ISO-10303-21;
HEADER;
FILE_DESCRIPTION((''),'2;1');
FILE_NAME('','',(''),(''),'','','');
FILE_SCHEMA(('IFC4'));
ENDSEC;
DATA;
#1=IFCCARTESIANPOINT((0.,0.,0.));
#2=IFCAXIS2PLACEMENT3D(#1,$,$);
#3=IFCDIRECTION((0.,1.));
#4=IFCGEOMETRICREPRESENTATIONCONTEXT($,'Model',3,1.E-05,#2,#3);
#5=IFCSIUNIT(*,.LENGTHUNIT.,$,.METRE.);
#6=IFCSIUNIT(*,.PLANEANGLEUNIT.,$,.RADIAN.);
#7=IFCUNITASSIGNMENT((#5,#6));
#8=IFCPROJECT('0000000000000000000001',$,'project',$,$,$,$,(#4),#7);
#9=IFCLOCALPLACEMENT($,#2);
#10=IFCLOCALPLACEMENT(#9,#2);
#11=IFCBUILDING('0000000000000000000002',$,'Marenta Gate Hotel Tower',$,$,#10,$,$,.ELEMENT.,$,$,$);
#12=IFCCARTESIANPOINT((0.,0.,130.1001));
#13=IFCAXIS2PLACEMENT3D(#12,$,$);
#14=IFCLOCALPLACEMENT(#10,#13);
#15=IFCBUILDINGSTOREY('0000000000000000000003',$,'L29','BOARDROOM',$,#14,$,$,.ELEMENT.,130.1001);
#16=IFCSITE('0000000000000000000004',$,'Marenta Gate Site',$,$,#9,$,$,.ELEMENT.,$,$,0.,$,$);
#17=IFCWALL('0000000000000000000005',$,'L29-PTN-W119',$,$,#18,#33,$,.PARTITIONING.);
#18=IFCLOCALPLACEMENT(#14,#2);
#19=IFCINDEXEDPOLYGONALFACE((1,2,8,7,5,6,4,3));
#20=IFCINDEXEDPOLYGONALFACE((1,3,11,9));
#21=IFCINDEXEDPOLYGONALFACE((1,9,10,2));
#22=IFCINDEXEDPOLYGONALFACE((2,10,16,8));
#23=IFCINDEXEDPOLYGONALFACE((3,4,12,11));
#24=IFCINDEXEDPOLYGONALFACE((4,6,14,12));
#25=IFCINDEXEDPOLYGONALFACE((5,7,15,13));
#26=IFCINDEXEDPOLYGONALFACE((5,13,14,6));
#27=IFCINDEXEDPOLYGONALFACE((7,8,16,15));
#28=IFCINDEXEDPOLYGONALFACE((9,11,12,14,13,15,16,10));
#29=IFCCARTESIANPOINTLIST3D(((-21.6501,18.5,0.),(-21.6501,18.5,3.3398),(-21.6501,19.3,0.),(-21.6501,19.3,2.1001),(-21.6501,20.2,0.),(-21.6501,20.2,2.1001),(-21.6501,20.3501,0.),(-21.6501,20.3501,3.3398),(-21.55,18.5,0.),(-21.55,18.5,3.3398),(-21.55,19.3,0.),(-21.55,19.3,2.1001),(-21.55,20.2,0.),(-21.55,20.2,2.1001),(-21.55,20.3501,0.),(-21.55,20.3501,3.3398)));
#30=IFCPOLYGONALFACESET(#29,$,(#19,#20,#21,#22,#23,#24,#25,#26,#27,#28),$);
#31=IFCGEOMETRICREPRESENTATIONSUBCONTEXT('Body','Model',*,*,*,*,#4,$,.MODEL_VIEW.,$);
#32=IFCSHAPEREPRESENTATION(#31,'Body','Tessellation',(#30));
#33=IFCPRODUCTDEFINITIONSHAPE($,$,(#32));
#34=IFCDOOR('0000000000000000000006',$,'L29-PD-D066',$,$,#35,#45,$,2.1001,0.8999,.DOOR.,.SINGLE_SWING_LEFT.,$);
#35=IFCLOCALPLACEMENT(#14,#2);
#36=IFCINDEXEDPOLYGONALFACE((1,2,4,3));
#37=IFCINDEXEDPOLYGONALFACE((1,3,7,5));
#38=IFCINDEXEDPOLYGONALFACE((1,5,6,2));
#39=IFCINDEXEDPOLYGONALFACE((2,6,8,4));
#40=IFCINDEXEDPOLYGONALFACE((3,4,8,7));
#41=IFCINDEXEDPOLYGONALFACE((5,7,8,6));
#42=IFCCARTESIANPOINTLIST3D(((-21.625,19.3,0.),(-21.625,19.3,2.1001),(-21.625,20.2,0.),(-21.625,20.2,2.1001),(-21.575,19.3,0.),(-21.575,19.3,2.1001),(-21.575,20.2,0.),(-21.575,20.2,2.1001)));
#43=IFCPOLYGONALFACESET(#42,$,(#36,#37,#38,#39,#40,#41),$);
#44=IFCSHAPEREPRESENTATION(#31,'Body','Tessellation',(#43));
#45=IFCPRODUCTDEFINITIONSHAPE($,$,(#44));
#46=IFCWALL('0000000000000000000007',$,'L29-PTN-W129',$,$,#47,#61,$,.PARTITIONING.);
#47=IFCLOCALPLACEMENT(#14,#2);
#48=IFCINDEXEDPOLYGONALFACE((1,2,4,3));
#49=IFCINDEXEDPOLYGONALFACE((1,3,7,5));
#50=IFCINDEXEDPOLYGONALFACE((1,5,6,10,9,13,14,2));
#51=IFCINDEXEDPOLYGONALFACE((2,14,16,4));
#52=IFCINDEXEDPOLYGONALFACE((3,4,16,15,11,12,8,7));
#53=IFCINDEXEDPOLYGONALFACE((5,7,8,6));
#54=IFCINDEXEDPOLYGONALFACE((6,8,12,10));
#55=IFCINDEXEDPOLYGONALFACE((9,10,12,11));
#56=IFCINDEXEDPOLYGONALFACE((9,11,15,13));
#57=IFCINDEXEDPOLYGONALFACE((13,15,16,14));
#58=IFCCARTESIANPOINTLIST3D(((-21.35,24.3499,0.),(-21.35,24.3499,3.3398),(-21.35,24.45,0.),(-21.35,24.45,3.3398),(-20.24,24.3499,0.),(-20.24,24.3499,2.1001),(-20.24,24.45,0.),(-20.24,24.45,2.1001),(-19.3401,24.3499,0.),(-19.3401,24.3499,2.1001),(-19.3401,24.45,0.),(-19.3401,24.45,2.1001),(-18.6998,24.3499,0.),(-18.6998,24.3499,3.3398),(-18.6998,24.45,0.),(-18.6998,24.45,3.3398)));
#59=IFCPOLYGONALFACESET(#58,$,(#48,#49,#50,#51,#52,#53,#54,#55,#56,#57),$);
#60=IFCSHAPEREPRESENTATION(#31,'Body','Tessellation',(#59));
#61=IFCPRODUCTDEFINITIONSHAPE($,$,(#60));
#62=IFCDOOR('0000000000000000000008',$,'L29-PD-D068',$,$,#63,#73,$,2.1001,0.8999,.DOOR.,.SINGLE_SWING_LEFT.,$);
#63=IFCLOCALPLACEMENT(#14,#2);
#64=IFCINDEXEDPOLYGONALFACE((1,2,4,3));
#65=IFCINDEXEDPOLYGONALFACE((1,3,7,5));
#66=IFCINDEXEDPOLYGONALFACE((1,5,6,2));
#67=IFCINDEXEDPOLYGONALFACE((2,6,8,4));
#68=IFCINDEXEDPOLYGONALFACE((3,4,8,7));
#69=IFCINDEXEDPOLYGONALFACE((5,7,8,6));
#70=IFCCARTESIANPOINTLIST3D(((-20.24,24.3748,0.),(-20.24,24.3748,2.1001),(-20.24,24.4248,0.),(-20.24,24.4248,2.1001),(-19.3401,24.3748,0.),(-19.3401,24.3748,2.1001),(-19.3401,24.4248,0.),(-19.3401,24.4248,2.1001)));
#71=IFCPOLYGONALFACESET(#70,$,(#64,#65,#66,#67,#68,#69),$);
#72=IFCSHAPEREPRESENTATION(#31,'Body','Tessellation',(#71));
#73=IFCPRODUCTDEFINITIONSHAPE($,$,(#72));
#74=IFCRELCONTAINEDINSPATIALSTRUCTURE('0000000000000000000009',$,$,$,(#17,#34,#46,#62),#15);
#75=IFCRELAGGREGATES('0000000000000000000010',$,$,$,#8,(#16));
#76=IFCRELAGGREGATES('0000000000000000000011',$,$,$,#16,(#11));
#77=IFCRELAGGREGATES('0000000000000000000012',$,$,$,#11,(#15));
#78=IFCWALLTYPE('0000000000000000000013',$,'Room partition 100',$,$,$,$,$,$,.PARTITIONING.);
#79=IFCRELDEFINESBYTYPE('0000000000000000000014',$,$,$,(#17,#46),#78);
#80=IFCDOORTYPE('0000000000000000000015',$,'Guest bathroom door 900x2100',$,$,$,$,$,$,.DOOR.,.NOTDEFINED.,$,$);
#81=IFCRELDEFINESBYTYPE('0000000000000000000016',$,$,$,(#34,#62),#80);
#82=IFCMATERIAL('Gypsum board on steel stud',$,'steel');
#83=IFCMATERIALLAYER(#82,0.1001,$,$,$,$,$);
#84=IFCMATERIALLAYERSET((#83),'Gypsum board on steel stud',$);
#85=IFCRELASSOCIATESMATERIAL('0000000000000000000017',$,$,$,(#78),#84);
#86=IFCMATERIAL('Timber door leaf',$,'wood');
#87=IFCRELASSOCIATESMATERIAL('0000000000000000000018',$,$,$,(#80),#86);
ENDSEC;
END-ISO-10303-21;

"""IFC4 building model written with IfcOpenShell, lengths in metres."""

from ifc_helpers import new_model, si_unit, direction, frame, frame_2d, origin, place, context, subcontext, project, spatial, rectangle, extrude, material, layer, layer_set, type_object, element, fill, save


model = new_model("IFC4")

# Units and contexts
model_context = context("Model", 3, precision=1e-05, world=origin(), true_north=direction((0.0, 1.0)))
body_context = subcontext(model_context, "Body", "Model", "MODEL_VIEW")
ifc_project = project(units=[si_unit("LENGTHUNIT", "METRE"), si_unit("PLANEANGLEUNIT", "RADIAN")], contexts=[model_context])

# Site, building, storey
site_placement = place(None, origin())
site = spatial("IfcSite", under=ifc_project, at=site_placement, Name="Marenta Gate Site", CompositionType="ELEMENT", RefElevation=0.0)
building_placement = place(site_placement, origin())
building = spatial("IfcBuilding", under=site, at=building_placement, Name="Marenta Gate Hotel Tower", CompositionType="ELEMENT")
storey_placement = place(building_placement, frame((0.0, 0.0, 130.1001)))
storey = spatial("IfcBuildingStorey", under=building, at=storey_placement, Name="L29", Description="BOARDROOM", CompositionType="ELEMENT", Elevation=130.1001)

# Shared definitions
ifc_material_1 = material(Name="Gypsum board on steel stud", Category="steel")
ifc_layer_1 = layer(ifc_material_1, 0.1001)
ifc_layer_set_1 = layer_set([ifc_layer_1], Name="Gypsum board on steel stud")
wall_type_1 = type_object("IfcWallType", Name="Room partition 100", PredefinedType="PARTITIONING", material=ifc_layer_set_1)

# Walls, openings, doors
wall_1_placement = place(storey_placement, frame((-21.6001, 18.5, 0.0), z_axis=(0.0, 0.0, 1.0), x_axis=(0.0, 1.0, 0.0)))
wall_1 = element("IfcWall", 1, at=wall_1_placement, inside=storey, type_object=wall_type_1, Name="L29-PTN-W119", PredefinedType="PARTITIONING", context=body_context, shape_type="SweptSolid", body=[
    extrude(rectangle(XDim=1.8501, YDim=0.1001, at=frame_2d((0.925, 0.0))), origin(), (0.0, 0.0, 1.0), 3.3398),
])
opening_1_placement = place(wall_1_placement, frame((0.8, 0.0, 0.0)))
opening_1 = element("IfcOpeningElement", 2, at=opening_1_placement, cuts=wall_1, PredefinedType="OPENING", context=body_context, shape_type="SweptSolid", body=[
    extrude(rectangle(XDim=0.8999, YDim=2.1001, at=frame_2d((0.45, 1.05))), frame((0.0, 0.05, 0.0), z_axis=(0.0, -1.0, 0.0), x_axis=(1.0, 0.0, 0.0)), (0.0, 0.0, 1.0), 0.1001),
])
ifc_material_2 = material(Name="Timber door leaf", Category="wood")
door_type_1 = type_object("IfcDoorType", Name="Guest bathroom door 900x2100", OperationType="NOTDEFINED", PredefinedType="DOOR", material=ifc_material_2)
door_1_placement = place(opening_1_placement, origin())
door_1 = element("IfcDoor", 3, at=door_1_placement, inside=storey, type_object=door_type_1, Name="L29-PD-D066", OperationType="SINGLE_SWING_LEFT", OverallHeight=2.1001, OverallWidth=0.8999, PredefinedType="DOOR", context=body_context, shape_type="SweptSolid", body=[
    extrude(rectangle(XDim=0.8999, YDim=2.1001, at=frame_2d((0.45, 1.05))), frame((0.0, 0.0249, 0.0), z_axis=(0.0, -1.0, 0.0), x_axis=(1.0, 0.0, 0.0)), (0.0, 0.0, 1.0), 0.05),
])
fill(opening_1, door_1)
wall_2_placement = place(storey_placement, frame((-21.3501, 24.3999, 0.0), z_axis=(0.0, 0.0, 1.0), x_axis=(1.0, 0.0, 0.0)))
wall_2 = element("IfcWall", 4, at=wall_2_placement, inside=storey, type_object=wall_type_1, Name="L29-PTN-W129", PredefinedType="PARTITIONING", context=body_context, shape_type="SweptSolid", body=[
    extrude(rectangle(XDim=2.6501, YDim=0.1001, at=frame_2d((1.3252, 0.0))), origin(), (0.0, 0.0, 1.0), 3.3398),
])
opening_2_placement = place(wall_2_placement, frame((1.1101, 0.0, 0.0)))
opening_2 = element("IfcOpeningElement", 5, at=opening_2_placement, cuts=wall_2, PredefinedType="OPENING", context=body_context, shape_type="SweptSolid", body=[
    extrude(rectangle(XDim=0.8999, YDim=2.1001, at=frame_2d((0.45, 1.05))), frame((0.0, 0.05, 0.0), z_axis=(0.0, -1.0, 0.0), x_axis=(1.0, 0.0, 0.0)), (0.0, 0.0, 1.0), 0.1001),
])
door_2_placement = place(opening_2_placement, origin())
door_2 = element("IfcDoor", 6, at=door_2_placement, inside=storey, type_object=door_type_1, Name="L29-PD-D068", OperationType="SINGLE_SWING_LEFT", OverallHeight=2.1001, OverallWidth=0.8999, PredefinedType="DOOR", context=body_context, shape_type="SweptSolid", body=[
    extrude(rectangle(XDim=0.8999, YDim=2.1001, at=frame_2d((0.45, 1.05))), frame((0.0, 0.0249, 0.0), z_axis=(0.0, -1.0, 0.0), x_axis=(1.0, 0.0, 0.0)), (0.0, 0.0, 1.0), 0.05),
])
fill(opening_2, door_2)

save(model, "model.ifc")
